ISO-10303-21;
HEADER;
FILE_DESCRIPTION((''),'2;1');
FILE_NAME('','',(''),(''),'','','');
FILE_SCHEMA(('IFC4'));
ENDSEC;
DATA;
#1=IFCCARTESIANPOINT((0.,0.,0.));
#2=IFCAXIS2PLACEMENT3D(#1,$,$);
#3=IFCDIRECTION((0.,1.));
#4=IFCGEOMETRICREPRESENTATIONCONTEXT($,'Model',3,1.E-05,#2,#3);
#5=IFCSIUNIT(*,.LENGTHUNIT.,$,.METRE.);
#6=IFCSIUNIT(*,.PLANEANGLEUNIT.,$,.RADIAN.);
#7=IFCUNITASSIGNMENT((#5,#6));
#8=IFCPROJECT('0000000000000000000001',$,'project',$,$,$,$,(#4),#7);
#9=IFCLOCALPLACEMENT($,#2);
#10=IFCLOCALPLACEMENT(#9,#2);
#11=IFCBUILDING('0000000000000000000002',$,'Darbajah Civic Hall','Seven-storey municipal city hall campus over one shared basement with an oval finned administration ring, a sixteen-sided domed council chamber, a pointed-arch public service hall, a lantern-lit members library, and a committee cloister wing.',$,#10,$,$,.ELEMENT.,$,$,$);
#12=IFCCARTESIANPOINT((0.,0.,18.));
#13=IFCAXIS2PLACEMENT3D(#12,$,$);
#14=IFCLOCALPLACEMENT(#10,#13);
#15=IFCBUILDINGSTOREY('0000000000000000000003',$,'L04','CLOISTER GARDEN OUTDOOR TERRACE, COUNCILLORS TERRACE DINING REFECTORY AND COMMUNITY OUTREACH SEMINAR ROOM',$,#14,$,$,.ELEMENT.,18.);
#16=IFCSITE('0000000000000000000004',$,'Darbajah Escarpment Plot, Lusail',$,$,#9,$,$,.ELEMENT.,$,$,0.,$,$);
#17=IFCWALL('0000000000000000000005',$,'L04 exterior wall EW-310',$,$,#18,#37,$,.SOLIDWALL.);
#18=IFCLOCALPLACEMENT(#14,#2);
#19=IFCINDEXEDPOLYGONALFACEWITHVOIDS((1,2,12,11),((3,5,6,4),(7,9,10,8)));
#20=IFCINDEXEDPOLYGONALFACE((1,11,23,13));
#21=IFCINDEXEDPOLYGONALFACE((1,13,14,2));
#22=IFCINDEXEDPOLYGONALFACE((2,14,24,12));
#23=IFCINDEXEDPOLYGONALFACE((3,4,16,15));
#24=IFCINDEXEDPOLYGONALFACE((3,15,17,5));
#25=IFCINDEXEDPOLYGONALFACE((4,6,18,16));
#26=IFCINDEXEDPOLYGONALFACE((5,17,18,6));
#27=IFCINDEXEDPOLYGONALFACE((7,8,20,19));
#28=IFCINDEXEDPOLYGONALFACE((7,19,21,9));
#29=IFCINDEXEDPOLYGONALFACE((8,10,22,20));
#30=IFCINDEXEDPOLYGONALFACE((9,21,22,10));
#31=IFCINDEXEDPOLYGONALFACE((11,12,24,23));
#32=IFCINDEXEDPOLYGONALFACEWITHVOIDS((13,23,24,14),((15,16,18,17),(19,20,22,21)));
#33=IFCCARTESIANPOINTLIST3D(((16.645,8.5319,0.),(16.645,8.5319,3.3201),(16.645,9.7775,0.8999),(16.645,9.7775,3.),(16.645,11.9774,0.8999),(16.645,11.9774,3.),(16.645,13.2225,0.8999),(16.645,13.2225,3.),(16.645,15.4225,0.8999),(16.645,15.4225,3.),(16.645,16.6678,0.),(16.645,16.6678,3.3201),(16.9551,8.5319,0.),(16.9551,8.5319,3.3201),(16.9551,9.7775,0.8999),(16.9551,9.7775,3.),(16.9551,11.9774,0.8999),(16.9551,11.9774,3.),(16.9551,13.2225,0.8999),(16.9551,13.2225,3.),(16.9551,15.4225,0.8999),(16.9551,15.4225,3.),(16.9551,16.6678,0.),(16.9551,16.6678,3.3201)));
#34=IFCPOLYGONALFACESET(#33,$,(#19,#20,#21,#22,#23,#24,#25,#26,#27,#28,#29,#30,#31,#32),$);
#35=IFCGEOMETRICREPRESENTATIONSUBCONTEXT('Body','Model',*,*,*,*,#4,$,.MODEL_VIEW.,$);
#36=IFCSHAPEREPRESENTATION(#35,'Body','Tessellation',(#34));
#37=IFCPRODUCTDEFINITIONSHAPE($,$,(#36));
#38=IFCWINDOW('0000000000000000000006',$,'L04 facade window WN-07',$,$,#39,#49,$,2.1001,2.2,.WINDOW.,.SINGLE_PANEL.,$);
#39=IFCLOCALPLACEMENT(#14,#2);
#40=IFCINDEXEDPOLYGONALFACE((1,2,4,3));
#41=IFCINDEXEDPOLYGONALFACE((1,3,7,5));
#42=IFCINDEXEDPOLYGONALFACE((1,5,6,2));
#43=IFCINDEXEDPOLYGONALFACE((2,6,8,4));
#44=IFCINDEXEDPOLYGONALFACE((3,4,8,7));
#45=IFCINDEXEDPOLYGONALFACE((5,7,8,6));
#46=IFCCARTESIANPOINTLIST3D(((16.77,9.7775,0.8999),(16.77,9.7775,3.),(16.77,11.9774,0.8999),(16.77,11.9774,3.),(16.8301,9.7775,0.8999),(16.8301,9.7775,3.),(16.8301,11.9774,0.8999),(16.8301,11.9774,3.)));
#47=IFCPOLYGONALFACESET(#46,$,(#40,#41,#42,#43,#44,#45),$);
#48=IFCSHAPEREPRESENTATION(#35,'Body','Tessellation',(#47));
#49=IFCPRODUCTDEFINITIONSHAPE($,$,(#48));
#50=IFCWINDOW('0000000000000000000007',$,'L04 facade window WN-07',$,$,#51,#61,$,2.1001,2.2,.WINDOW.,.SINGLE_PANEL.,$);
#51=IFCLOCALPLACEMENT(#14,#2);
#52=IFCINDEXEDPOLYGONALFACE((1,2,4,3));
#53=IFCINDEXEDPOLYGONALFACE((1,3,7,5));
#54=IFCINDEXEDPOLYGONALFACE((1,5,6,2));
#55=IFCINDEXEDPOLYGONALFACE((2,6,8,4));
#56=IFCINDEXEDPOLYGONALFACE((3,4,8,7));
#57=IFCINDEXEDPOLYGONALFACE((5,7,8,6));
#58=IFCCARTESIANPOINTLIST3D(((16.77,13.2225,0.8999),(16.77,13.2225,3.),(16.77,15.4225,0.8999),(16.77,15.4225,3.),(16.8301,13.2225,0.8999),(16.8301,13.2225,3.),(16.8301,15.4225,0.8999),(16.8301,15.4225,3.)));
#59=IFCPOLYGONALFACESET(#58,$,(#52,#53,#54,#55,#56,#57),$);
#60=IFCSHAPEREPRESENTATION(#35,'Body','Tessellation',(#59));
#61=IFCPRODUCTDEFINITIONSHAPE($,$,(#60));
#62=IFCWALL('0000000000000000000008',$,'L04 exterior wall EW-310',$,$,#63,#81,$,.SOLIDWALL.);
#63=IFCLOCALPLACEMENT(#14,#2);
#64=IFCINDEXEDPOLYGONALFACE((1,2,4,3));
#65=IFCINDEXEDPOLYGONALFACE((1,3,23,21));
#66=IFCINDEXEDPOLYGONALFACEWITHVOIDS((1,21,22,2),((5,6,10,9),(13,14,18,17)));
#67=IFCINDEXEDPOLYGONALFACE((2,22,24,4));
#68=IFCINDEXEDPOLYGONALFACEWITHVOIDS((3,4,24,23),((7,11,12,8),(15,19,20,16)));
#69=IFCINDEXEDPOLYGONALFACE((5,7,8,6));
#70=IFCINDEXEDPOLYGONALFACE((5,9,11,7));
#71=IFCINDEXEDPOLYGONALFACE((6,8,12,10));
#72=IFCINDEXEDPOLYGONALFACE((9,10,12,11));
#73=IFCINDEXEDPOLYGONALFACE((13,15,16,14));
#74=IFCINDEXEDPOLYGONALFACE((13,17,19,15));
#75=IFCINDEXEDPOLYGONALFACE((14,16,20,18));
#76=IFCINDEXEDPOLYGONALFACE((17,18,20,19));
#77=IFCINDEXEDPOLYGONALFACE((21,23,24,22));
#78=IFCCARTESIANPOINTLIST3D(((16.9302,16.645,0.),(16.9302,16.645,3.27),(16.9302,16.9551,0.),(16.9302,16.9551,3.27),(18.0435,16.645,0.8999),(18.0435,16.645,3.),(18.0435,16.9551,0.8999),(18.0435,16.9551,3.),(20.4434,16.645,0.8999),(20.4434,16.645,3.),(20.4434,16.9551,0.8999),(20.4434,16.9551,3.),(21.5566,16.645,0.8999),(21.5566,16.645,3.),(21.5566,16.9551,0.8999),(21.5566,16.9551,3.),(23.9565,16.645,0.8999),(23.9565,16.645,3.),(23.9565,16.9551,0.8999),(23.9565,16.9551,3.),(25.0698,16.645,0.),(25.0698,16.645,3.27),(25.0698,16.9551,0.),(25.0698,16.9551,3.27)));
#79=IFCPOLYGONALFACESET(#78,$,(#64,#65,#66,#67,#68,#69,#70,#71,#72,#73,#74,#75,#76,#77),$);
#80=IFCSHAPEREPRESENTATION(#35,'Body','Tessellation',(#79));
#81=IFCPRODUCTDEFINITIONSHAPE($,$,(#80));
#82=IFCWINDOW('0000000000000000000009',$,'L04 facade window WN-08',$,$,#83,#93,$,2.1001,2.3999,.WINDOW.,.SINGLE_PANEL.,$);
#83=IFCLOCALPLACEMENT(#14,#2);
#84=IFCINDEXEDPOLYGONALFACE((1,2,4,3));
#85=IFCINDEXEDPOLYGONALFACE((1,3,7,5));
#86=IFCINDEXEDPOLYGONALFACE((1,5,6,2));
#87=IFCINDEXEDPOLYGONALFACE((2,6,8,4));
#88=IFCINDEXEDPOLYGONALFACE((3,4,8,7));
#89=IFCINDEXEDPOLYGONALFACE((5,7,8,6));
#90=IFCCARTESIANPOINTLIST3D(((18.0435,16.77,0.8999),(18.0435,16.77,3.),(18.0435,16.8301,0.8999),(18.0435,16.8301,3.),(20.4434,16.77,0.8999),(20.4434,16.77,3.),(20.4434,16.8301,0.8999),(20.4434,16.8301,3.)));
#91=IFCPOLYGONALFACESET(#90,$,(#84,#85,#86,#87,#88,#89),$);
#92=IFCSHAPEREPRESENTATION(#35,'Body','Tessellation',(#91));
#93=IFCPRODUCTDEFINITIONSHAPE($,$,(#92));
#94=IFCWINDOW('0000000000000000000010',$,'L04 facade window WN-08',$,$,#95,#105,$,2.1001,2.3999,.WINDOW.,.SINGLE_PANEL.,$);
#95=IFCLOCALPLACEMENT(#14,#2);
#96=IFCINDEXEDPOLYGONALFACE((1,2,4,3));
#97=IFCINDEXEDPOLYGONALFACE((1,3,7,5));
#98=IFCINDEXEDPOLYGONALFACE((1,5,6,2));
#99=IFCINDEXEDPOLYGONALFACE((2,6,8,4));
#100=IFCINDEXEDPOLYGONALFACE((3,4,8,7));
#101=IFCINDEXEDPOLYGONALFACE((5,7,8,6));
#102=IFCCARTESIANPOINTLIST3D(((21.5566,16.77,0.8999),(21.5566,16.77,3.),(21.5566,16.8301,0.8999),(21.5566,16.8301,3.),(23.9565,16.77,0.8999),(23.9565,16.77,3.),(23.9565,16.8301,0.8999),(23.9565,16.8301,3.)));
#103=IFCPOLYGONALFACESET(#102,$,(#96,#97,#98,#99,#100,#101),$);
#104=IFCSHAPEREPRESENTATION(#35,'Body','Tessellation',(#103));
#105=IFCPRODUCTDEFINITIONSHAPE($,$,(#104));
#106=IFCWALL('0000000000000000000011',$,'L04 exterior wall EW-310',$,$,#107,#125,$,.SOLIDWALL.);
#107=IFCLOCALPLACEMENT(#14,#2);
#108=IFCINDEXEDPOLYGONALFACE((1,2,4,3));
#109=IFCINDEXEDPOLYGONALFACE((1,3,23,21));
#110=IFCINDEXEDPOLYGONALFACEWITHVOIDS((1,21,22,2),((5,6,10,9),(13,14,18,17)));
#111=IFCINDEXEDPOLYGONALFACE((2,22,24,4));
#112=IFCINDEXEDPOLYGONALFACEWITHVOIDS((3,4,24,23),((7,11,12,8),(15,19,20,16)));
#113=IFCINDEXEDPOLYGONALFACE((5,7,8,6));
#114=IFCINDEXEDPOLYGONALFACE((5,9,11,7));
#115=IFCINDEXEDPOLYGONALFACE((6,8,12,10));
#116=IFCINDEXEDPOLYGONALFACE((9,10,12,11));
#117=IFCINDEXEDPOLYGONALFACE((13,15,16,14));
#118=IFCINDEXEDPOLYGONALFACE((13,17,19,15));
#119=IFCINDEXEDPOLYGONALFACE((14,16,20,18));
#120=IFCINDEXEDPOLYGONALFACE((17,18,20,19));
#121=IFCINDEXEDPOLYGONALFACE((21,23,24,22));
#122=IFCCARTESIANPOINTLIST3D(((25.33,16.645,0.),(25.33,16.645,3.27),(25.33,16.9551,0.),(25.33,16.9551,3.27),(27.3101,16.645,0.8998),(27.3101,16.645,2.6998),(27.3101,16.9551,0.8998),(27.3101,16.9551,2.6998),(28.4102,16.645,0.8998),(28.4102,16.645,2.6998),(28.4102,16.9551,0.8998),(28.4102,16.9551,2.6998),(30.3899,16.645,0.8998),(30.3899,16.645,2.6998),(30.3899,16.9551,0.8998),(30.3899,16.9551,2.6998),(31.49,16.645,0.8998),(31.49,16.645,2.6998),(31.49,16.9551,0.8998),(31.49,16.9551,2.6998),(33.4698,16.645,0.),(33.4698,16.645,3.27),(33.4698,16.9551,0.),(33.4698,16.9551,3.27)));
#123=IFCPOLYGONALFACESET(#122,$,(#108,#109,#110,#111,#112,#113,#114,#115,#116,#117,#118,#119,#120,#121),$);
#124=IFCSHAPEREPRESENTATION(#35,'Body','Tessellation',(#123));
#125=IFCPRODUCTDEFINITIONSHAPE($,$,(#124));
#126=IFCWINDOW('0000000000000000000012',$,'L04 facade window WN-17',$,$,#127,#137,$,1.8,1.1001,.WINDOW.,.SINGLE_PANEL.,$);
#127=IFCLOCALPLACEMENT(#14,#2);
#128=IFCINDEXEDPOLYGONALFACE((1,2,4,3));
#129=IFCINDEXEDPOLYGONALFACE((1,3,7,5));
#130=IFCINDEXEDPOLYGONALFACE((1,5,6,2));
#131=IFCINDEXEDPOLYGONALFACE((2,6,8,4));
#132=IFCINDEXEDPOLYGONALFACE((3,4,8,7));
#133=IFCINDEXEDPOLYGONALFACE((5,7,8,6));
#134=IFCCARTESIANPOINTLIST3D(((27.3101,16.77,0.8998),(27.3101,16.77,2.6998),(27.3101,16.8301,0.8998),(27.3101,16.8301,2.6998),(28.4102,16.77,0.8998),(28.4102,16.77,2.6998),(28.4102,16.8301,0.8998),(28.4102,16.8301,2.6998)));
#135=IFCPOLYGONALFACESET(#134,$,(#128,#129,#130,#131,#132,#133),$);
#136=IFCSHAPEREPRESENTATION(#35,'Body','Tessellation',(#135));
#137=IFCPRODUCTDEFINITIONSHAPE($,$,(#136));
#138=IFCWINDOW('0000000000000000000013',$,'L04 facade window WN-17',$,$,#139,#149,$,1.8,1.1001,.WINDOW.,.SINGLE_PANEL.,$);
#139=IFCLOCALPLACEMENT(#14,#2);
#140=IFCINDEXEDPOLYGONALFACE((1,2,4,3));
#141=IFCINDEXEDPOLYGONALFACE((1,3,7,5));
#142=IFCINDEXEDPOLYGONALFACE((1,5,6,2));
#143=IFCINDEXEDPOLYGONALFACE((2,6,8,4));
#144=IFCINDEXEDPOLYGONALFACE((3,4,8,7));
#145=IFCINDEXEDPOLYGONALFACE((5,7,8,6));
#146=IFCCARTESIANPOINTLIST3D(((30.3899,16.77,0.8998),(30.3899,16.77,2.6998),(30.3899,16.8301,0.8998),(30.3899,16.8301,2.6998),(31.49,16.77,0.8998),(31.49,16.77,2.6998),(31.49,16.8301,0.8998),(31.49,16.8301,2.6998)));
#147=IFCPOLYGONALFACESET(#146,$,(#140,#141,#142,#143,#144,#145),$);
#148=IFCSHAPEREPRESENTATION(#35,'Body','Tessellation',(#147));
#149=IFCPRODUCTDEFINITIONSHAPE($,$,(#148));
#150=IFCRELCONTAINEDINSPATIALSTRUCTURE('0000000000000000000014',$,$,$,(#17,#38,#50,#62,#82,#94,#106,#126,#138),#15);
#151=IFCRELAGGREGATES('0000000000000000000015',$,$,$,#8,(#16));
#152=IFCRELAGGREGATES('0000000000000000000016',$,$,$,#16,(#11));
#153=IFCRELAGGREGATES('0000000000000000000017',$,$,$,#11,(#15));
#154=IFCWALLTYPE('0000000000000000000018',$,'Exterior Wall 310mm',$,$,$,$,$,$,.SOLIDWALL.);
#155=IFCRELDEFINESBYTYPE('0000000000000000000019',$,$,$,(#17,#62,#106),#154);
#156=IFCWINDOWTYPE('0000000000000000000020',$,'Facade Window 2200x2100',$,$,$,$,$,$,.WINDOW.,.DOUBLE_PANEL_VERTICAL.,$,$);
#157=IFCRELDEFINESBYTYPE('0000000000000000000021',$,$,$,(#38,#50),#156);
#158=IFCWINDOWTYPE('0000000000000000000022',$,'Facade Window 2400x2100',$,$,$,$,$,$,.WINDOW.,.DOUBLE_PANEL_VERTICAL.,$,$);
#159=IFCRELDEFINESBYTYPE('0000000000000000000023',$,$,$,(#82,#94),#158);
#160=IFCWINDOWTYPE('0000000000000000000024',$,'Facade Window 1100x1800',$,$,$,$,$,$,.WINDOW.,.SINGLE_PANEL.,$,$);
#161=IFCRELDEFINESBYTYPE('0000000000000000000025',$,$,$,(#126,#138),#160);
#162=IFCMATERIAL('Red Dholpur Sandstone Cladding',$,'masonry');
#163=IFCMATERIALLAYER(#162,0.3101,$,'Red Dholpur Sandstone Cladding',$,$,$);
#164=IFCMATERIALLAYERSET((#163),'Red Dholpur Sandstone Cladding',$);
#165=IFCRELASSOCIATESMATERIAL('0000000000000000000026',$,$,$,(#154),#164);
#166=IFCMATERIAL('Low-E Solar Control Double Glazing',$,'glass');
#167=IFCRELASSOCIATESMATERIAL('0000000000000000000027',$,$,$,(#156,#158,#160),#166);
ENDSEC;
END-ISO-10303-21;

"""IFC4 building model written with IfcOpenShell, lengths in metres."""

from ifc_helpers import new_model, si_unit, direction, frame, frame_2d, origin, place, context, subcontext, project, spatial, rectangle, extrude, material, layer, layer_set, type_object, element, fill, save


model = new_model("IFC4")

# Units and contexts
model_context = context("Model", 3, precision=1e-05, world=origin(), true_north=direction((0.0, 1.0)))
body_context = subcontext(model_context, "Body", "Model", "MODEL_VIEW")
ifc_project = project(units=[si_unit("LENGTHUNIT", "METRE"), si_unit("PLANEANGLEUNIT", "RADIAN")], contexts=[model_context])

# Site, building, storey
site_placement = place(None, origin())
site = spatial("IfcSite", under=ifc_project, at=site_placement, Name="Darbajah Escarpment Plot, Lusail", CompositionType="ELEMENT", RefElevation=0.0)
building_placement = place(site_placement, origin())
building = spatial("IfcBuilding", under=site, at=building_placement, Name="Darbajah Civic Hall", Description="Seven-storey municipal city hall campus over one shared basement with an oval finned administration ring, a sixteen-sided domed council chamber, a pointed-arch public service hall, a lantern-lit members library, and a committee cloister wing.", CompositionType="ELEMENT")
storey_placement = place(building_placement, frame((0.0, 0.0, 18.0)))
storey = spatial("IfcBuildingStorey", under=building, at=storey_placement, Name="L04", Description="CLOISTER GARDEN OUTDOOR TERRACE, COUNCILLORS TERRACE DINING REFECTORY AND COMMUNITY OUTREACH SEMINAR ROOM", CompositionType="ELEMENT", Elevation=18.0)

# Walls, openings, windows
ifc_material_1 = material(Name="Red Dholpur Sandstone Cladding", Category="masonry")
ifc_layer = layer(ifc_material_1, 0.3101, Name="Red Dholpur Sandstone Cladding")
ifc_layer_set = layer_set([ifc_layer], Name="Red Dholpur Sandstone Cladding")
wall_type = type_object("IfcWallType", Name="Exterior Wall 310mm", PredefinedType="SOLIDWALL", material=ifc_layer_set)
wall_1_placement = place(storey_placement, frame((16.8, 8.532, 0.0), z_axis=(0.0, 0.0, 1.0), x_axis=(0.0, 1.0, 0.0)))
wall_1 = element("IfcWall", 1, at=wall_1_placement, inside=storey, type_object=wall_type, Name="L04 exterior wall EW-310", PredefinedType="SOLIDWALL", context=body_context, shape_type="SweptSolid", body=[
    extrude(rectangle(XDim=8.136, YDim=0.3101, at=frame_2d((4.0679, 0.0))), origin(), (0.0, 0.0, 1.0), 3.3201),
])
opening_1_placement = place(wall_1_placement, frame((1.2454, 0.0, 0.8999)))
opening_1 = element("IfcOpeningElement", 2, at=opening_1_placement, cuts=wall_1, PredefinedType="OPENING", context=body_context, shape_type="SweptSolid", body=[
    extrude(rectangle(XDim=2.2, YDim=2.1001, at=frame_2d((1.1001, 1.05))), frame((0.0, 0.165, 0.0), z_axis=(0.0, -1.0, 0.0), x_axis=(1.0, 0.0, 0.0)), (0.0, 0.0, 1.0), 0.3301),
])
opening_2_placement = place(wall_1_placement, frame((4.6904, 0.0, 0.8999)))
opening_2 = element("IfcOpeningElement", 3, at=opening_2_placement, cuts=wall_1, PredefinedType="OPENING", context=body_context, shape_type="SweptSolid", body=[
    extrude(rectangle(XDim=2.2, YDim=2.1001, at=frame_2d((1.1001, 1.05))), frame((0.0, 0.165, 0.0), z_axis=(0.0, -1.0, 0.0), x_axis=(1.0, 0.0, 0.0)), (0.0, 0.0, 1.0), 0.3301),
])
ifc_material_2 = material(Name="Low-E Solar Control Double Glazing", Category="glass")
window_type_1 = type_object("IfcWindowType", Name="Facade Window 2200x2100", PartitioningType="DOUBLE_PANEL_VERTICAL", PredefinedType="WINDOW", material=ifc_material_2)
window_1_placement = place(opening_1_placement, origin())
window_1 = element("IfcWindow", 4, at=window_1_placement, inside=storey, type_object=window_type_1, Name="L04 facade window WN-07", OverallHeight=2.1001, OverallWidth=2.2, PartitioningType="SINGLE_PANEL", PredefinedType="WINDOW", context=body_context, shape_type="SweptSolid", body=[
    extrude(rectangle(XDim=2.2, YDim=2.1001, at=frame_2d((1.1001, 1.05))), frame((0.0, 0.03, 0.0), z_axis=(0.0, -1.0, 0.0), x_axis=(1.0, 0.0, 0.0)), (0.0, 0.0, 1.0), 0.0601),
])
fill(opening_1, window_1)
window_2_placement = place(opening_2_placement, origin())
window_2 = element("IfcWindow", 5, at=window_2_placement, inside=storey, type_object=window_type_1, Name="L04 facade window WN-07", OverallHeight=2.1001, OverallWidth=2.2, PartitioningType="SINGLE_PANEL", PredefinedType="WINDOW", context=body_context, shape_type="SweptSolid", body=[
    extrude(rectangle(XDim=2.2, YDim=2.1001, at=frame_2d((1.1001, 1.05))), frame((0.0, 0.03, 0.0), z_axis=(0.0, -1.0, 0.0), x_axis=(1.0, 0.0, 0.0)), (0.0, 0.0, 1.0), 0.0601),
])
fill(opening_2, window_2)
wall_2_placement = place(storey_placement, frame((16.9302, 16.8, 0.0), z_axis=(0.0, 0.0, 1.0), x_axis=(1.0, 0.0, 0.0)))
wall_2 = element("IfcWall", 6, at=wall_2_placement, inside=storey, type_object=wall_type, Name="L04 exterior wall EW-310", PredefinedType="SOLIDWALL", context=body_context, shape_type="SweptSolid", body=[
    extrude(rectangle(XDim=8.1396, YDim=0.3101, at=frame_2d((4.0698, 0.0))), origin(), (0.0, 0.0, 1.0), 3.27),
])
opening_3_placement = place(wall_2_placement, frame((1.1133, 0.0, 0.8999)))
opening_3 = element("IfcOpeningElement", 7, at=opening_3_placement, cuts=wall_2, PredefinedType="OPENING", context=body_context, shape_type="SweptSolid", body=[
    extrude(rectangle(XDim=2.3999, YDim=2.1001, at=frame_2d((1.2, 1.05))), frame((0.0, 0.165, 0.0), z_axis=(0.0, -1.0, 0.0), x_axis=(1.0, 0.0, 0.0)), (0.0, 0.0, 1.0), 0.3301),
])
opening_4_placement = place(wall_2_placement, frame((4.6265, 0.0, 0.8999)))
opening_4 = element("IfcOpeningElement", 8, at=opening_4_placement, cuts=wall_2, PredefinedType="OPENING", context=body_context, shape_type="SweptSolid", body=[
    extrude(rectangle(XDim=2.3999, YDim=2.1001, at=frame_2d((1.2, 1.05))), frame((0.0, 0.165, 0.0), z_axis=(0.0, -1.0, 0.0), x_axis=(1.0, 0.0, 0.0)), (0.0, 0.0, 1.0), 0.3301),
])
window_type_2 = type_object("IfcWindowType", Name="Facade Window 2400x2100", PartitioningType="DOUBLE_PANEL_VERTICAL", PredefinedType="WINDOW", material=ifc_material_2)
window_3_placement = place(opening_3_placement, origin())
window_3 = element("IfcWindow", 9, at=window_3_placement, inside=storey, type_object=window_type_2, Name="L04 facade window WN-08", OverallHeight=2.1001, OverallWidth=2.3999, PartitioningType="SINGLE_PANEL", PredefinedType="WINDOW", context=body_context, shape_type="SweptSolid", body=[
    extrude(rectangle(XDim=2.3999, YDim=2.1001, at=frame_2d((1.2, 1.05))), frame((0.0, 0.03, 0.0), z_axis=(0.0, -1.0, 0.0), x_axis=(1.0, 0.0, 0.0)), (0.0, 0.0, 1.0), 0.0601),
])
fill(opening_3, window_3)
window_4_placement = place(opening_4_placement, origin())
window_4 = element("IfcWindow", 10, at=window_4_placement, inside=storey, type_object=window_type_2, Name="L04 facade window WN-08", OverallHeight=2.1001, OverallWidth=2.3999, PartitioningType="SINGLE_PANEL", PredefinedType="WINDOW", context=body_context, shape_type="SweptSolid", body=[
    extrude(rectangle(XDim=2.3999, YDim=2.1001, at=frame_2d((1.2, 1.05))), frame((0.0, 0.03, 0.0), z_axis=(0.0, -1.0, 0.0), x_axis=(1.0, 0.0, 0.0)), (0.0, 0.0, 1.0), 0.0601),
])
fill(opening_4, window_4)
wall_3_placement = place(storey_placement, frame((25.3301, 16.8, 0.0), z_axis=(0.0, 0.0, 1.0), x_axis=(1.0, 0.0, 0.0)))
wall_3 = element("IfcWall", 11, at=wall_3_placement, inside=storey, type_object=wall_type, Name="L04 exterior wall EW-310", PredefinedType="SOLIDWALL", context=body_context, shape_type="SweptSolid", body=[
    extrude(rectangle(XDim=8.1399, YDim=0.3101, at=frame_2d((4.0698, 0.0))), origin(), (0.0, 0.0, 1.0), 3.27),
])
opening_5_placement = place(wall_3_placement, frame((1.98, 0.0, 0.8999)))
opening_5 = element("IfcOpeningElement", 12, at=opening_5_placement, cuts=wall_3, PredefinedType="OPENING", context=body_context, shape_type="SweptSolid", body=[
    extrude(rectangle(XDim=1.1001, YDim=1.8, at=frame_2d((0.55, 0.8999))), frame((0.0, 0.165, 0.0), z_axis=(0.0, -1.0, 0.0), x_axis=(1.0, 0.0, 0.0)), (0.0, 0.0, 1.0), 0.3301),
])
opening_6_placement = place(wall_3_placement, frame((5.0598, 0.0, 0.8999)))
opening_6 = element("IfcOpeningElement", 13, at=opening_6_placement, cuts=wall_3, PredefinedType="OPENING", context=body_context, shape_type="SweptSolid", body=[
    extrude(rectangle(XDim=1.1001, YDim=1.8, at=frame_2d((0.55, 0.8999))), frame((0.0, 0.165, 0.0), z_axis=(0.0, -1.0, 0.0), x_axis=(1.0, 0.0, 0.0)), (0.0, 0.0, 1.0), 0.3301),
])
window_type_3 = type_object("IfcWindowType", Name="Facade Window 1100x1800", PartitioningType="SINGLE_PANEL", PredefinedType="WINDOW", material=ifc_material_2)
window_5_placement = place(opening_5_placement, origin())
window_5 = element("IfcWindow", 14, at=window_5_placement, inside=storey, type_object=window_type_3, Name="L04 facade window WN-17", OverallHeight=1.8, OverallWidth=1.1001, PartitioningType="SINGLE_PANEL", PredefinedType="WINDOW", context=body_context, shape_type="SweptSolid", body=[
    extrude(rectangle(XDim=1.1001, YDim=1.8, at=frame_2d((0.55, 0.8999))), frame((0.0, 0.03, 0.0), z_axis=(0.0, -1.0, 0.0), x_axis=(1.0, 0.0, 0.0)), (0.0, 0.0, 1.0), 0.0601),
])
fill(opening_5, window_5)
window_6_placement = place(opening_6_placement, origin())
window_6 = element("IfcWindow", 15, at=window_6_placement, inside=storey, type_object=window_type_3, Name="L04 facade window WN-17", OverallHeight=1.8, OverallWidth=1.1001, PartitioningType="SINGLE_PANEL", PredefinedType="WINDOW", context=body_context, shape_type="SweptSolid", body=[
    extrude(rectangle(XDim=1.1001, YDim=1.8, at=frame_2d((0.55, 0.8999))), frame((0.0, 0.03, 0.0), z_axis=(0.0, -1.0, 0.0), x_axis=(1.0, 0.0, 0.0)), (0.0, 0.0, 1.0), 0.0601),
])
fill(opening_6, window_6)

save(model, "model.ifc")
